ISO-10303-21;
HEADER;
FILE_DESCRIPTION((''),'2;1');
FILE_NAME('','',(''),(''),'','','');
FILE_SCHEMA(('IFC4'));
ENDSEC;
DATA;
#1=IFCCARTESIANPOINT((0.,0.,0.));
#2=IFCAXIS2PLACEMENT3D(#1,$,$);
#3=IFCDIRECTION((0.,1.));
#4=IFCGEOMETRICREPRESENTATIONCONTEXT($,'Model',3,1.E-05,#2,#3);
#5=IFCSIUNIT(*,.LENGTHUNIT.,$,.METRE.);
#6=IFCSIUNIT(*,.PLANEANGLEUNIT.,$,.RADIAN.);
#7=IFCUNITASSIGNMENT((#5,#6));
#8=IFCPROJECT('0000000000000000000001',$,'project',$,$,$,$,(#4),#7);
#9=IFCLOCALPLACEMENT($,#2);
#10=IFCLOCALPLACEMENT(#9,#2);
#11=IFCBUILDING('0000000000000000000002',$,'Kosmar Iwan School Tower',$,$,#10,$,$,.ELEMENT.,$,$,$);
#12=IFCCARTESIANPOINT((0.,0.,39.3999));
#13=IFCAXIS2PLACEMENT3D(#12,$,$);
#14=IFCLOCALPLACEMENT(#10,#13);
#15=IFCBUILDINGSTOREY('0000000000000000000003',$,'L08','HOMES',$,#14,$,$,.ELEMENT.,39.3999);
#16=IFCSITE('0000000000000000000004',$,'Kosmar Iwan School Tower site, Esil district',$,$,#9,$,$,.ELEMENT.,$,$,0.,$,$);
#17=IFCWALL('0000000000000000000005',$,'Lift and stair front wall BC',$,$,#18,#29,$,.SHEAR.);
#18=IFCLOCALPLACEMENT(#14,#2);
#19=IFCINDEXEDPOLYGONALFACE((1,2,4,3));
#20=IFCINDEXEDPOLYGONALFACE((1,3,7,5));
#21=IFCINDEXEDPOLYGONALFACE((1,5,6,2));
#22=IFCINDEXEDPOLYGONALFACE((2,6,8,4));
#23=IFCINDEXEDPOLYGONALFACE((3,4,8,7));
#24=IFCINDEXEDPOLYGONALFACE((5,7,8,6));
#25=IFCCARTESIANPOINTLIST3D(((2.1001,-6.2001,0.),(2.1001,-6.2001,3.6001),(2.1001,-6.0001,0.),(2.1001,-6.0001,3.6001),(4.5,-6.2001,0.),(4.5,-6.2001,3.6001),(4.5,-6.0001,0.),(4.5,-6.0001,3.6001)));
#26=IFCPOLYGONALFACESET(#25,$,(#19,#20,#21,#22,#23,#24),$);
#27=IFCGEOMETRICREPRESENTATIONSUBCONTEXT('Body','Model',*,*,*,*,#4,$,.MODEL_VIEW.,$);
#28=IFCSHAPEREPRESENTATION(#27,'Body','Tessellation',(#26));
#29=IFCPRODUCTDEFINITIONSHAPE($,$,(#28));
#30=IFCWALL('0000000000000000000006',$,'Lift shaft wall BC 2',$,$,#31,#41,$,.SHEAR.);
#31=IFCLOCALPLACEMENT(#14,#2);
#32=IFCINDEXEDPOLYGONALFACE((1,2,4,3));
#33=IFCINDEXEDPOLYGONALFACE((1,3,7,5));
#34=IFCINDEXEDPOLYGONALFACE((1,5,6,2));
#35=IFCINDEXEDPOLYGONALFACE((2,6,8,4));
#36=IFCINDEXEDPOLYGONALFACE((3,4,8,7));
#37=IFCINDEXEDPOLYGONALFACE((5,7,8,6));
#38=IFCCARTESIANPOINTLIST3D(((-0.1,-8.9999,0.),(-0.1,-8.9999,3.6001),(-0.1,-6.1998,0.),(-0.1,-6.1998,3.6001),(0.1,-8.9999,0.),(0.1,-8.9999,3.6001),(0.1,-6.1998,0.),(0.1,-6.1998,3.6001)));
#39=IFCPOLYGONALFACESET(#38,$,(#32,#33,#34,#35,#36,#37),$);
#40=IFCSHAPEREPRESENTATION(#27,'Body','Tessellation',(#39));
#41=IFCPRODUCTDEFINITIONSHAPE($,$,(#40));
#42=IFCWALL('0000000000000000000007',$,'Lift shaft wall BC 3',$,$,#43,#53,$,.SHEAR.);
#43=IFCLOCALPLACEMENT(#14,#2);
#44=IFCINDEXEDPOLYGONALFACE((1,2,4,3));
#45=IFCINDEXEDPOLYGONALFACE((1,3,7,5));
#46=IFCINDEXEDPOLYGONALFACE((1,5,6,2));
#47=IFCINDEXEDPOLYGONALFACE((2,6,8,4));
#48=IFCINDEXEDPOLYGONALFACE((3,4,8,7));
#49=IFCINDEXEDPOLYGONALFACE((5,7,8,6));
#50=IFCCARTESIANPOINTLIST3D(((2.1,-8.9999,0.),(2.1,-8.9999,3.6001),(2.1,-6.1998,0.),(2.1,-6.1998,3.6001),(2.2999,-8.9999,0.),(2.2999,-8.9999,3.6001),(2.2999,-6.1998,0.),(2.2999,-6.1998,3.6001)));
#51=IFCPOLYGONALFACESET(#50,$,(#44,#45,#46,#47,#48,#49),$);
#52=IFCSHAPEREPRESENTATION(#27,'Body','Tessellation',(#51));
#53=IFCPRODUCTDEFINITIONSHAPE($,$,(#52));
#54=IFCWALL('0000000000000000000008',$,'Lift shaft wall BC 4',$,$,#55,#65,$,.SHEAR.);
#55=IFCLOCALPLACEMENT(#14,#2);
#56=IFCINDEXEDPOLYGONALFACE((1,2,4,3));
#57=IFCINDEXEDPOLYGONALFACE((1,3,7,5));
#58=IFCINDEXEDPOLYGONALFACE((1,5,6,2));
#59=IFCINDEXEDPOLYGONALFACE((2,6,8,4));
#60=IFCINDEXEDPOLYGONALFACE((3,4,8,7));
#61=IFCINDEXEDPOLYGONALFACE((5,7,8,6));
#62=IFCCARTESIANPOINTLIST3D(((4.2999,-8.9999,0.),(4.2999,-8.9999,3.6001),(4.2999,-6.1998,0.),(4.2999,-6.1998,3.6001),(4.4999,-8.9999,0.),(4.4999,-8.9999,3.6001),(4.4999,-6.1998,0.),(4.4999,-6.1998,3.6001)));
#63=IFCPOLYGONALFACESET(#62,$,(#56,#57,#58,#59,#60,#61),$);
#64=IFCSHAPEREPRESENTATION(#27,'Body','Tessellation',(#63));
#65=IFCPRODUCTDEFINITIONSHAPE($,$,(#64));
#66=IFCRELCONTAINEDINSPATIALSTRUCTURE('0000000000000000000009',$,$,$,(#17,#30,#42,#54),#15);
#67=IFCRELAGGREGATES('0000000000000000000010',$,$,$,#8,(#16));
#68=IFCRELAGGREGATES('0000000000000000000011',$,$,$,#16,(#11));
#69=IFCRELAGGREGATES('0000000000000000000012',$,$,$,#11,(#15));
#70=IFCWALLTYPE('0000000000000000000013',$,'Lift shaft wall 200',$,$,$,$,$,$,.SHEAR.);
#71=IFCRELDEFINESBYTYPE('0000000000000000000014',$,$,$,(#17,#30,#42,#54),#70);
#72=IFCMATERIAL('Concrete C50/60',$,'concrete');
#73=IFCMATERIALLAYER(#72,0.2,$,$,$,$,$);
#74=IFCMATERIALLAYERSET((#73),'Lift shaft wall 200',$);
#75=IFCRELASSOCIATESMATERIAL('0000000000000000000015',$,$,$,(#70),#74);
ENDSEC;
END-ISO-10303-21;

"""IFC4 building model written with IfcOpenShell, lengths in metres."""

from ifc_helpers import new_model, si_unit, direction, frame, frame_2d, origin, place, context, subcontext, project, spatial, rectangle, extrude, material, layer, layer_set, type_object, element, save


model = new_model("IFC4")

# Units and contexts
model_context = context("Model", 3, precision=1e-05, world=origin(), true_north=direction((0.0, 1.0)))
body_context = subcontext(model_context, "Body", "Model", "MODEL_VIEW")
ifc_project = project(units=[si_unit("LENGTHUNIT", "METRE"), si_unit("PLANEANGLEUNIT", "RADIAN")], contexts=[model_context])

# Site, building, storey
site_placement = place(None, origin())
site = spatial("IfcSite", under=ifc_project, at=site_placement, Name="Kosmar Iwan School Tower site, Esil district", CompositionType="ELEMENT", RefElevation=0.0)
building_placement = place(site_placement, origin())
building = spatial("IfcBuilding", under=site, at=building_placement, Name="Kosmar Iwan School Tower", CompositionType="ELEMENT")
storey_placement = place(building_placement, frame((0.0, 0.0, 39.3999)))
storey = spatial("IfcBuildingStorey", under=building, at=storey_placement, Name="L08", Description="HOMES", CompositionType="ELEMENT", Elevation=39.3999)

# Walls
ifc_material_1 = material(Name="Concrete C50/60", Category="concrete")
ifc_layer_1 = layer(ifc_material_1, 0.2)
ifc_layer_set_1 = layer_set([ifc_layer_1], Name="Lift shaft wall 200")
wall_type_1 = type_object("IfcWallType", Name="Lift shaft wall 200", PredefinedType="SHEAR", material=ifc_layer_set_1)
wall_1_placement = place(storey_placement, frame((2.1001, -6.1001, 0.0), z_axis=(0.0, 0.0, 1.0), x_axis=(1.0, 0.0, 0.0)))
element("IfcWall", 1, at=wall_1_placement, inside=storey, type_object=wall_type_1, Name="Lift and stair front wall BC", PredefinedType="SHEAR", context=body_context, shape_type="SweptSolid", body=[
    extrude(rectangle(XDim=2.3999, YDim=0.2, at=frame_2d((1.2, 0.0))), origin(), (0.0, 0.0, 1.0), 3.6001),
])
for number, where, z_axis, x_axis, name in (
    (2, (0.0, -6.2, 0.0), (0.0, 0.0, 1.0), (0.0, -1.0, 0.0), "Lift shaft wall BC 2"),
    (3, (2.2, -6.2, 0.0), (0.0, 0.0, 1.0), (0.0, -1.0, 0.0), "Lift shaft wall BC 3"),
    (4, (4.3999, -6.2, 0.0), (0.0, 0.0, 1.0), (0.0, -1.0, 0.0), "Lift shaft wall BC 4"),
):
    element("IfcWall", number, at=place(storey_placement, frame(where, z_axis=z_axis, x_axis=x_axis)), inside=storey, type_object=wall_type_1, Name=name, PredefinedType="SHEAR", context=body_context, shape_type="SweptSolid", body=[
        extrude(rectangle(XDim=2.8, YDim=0.2, at=frame_2d((1.3999, 0.0))), origin(), (0.0, 0.0, 1.0), 3.6001),
    ])

save(model, "model.ifc")
